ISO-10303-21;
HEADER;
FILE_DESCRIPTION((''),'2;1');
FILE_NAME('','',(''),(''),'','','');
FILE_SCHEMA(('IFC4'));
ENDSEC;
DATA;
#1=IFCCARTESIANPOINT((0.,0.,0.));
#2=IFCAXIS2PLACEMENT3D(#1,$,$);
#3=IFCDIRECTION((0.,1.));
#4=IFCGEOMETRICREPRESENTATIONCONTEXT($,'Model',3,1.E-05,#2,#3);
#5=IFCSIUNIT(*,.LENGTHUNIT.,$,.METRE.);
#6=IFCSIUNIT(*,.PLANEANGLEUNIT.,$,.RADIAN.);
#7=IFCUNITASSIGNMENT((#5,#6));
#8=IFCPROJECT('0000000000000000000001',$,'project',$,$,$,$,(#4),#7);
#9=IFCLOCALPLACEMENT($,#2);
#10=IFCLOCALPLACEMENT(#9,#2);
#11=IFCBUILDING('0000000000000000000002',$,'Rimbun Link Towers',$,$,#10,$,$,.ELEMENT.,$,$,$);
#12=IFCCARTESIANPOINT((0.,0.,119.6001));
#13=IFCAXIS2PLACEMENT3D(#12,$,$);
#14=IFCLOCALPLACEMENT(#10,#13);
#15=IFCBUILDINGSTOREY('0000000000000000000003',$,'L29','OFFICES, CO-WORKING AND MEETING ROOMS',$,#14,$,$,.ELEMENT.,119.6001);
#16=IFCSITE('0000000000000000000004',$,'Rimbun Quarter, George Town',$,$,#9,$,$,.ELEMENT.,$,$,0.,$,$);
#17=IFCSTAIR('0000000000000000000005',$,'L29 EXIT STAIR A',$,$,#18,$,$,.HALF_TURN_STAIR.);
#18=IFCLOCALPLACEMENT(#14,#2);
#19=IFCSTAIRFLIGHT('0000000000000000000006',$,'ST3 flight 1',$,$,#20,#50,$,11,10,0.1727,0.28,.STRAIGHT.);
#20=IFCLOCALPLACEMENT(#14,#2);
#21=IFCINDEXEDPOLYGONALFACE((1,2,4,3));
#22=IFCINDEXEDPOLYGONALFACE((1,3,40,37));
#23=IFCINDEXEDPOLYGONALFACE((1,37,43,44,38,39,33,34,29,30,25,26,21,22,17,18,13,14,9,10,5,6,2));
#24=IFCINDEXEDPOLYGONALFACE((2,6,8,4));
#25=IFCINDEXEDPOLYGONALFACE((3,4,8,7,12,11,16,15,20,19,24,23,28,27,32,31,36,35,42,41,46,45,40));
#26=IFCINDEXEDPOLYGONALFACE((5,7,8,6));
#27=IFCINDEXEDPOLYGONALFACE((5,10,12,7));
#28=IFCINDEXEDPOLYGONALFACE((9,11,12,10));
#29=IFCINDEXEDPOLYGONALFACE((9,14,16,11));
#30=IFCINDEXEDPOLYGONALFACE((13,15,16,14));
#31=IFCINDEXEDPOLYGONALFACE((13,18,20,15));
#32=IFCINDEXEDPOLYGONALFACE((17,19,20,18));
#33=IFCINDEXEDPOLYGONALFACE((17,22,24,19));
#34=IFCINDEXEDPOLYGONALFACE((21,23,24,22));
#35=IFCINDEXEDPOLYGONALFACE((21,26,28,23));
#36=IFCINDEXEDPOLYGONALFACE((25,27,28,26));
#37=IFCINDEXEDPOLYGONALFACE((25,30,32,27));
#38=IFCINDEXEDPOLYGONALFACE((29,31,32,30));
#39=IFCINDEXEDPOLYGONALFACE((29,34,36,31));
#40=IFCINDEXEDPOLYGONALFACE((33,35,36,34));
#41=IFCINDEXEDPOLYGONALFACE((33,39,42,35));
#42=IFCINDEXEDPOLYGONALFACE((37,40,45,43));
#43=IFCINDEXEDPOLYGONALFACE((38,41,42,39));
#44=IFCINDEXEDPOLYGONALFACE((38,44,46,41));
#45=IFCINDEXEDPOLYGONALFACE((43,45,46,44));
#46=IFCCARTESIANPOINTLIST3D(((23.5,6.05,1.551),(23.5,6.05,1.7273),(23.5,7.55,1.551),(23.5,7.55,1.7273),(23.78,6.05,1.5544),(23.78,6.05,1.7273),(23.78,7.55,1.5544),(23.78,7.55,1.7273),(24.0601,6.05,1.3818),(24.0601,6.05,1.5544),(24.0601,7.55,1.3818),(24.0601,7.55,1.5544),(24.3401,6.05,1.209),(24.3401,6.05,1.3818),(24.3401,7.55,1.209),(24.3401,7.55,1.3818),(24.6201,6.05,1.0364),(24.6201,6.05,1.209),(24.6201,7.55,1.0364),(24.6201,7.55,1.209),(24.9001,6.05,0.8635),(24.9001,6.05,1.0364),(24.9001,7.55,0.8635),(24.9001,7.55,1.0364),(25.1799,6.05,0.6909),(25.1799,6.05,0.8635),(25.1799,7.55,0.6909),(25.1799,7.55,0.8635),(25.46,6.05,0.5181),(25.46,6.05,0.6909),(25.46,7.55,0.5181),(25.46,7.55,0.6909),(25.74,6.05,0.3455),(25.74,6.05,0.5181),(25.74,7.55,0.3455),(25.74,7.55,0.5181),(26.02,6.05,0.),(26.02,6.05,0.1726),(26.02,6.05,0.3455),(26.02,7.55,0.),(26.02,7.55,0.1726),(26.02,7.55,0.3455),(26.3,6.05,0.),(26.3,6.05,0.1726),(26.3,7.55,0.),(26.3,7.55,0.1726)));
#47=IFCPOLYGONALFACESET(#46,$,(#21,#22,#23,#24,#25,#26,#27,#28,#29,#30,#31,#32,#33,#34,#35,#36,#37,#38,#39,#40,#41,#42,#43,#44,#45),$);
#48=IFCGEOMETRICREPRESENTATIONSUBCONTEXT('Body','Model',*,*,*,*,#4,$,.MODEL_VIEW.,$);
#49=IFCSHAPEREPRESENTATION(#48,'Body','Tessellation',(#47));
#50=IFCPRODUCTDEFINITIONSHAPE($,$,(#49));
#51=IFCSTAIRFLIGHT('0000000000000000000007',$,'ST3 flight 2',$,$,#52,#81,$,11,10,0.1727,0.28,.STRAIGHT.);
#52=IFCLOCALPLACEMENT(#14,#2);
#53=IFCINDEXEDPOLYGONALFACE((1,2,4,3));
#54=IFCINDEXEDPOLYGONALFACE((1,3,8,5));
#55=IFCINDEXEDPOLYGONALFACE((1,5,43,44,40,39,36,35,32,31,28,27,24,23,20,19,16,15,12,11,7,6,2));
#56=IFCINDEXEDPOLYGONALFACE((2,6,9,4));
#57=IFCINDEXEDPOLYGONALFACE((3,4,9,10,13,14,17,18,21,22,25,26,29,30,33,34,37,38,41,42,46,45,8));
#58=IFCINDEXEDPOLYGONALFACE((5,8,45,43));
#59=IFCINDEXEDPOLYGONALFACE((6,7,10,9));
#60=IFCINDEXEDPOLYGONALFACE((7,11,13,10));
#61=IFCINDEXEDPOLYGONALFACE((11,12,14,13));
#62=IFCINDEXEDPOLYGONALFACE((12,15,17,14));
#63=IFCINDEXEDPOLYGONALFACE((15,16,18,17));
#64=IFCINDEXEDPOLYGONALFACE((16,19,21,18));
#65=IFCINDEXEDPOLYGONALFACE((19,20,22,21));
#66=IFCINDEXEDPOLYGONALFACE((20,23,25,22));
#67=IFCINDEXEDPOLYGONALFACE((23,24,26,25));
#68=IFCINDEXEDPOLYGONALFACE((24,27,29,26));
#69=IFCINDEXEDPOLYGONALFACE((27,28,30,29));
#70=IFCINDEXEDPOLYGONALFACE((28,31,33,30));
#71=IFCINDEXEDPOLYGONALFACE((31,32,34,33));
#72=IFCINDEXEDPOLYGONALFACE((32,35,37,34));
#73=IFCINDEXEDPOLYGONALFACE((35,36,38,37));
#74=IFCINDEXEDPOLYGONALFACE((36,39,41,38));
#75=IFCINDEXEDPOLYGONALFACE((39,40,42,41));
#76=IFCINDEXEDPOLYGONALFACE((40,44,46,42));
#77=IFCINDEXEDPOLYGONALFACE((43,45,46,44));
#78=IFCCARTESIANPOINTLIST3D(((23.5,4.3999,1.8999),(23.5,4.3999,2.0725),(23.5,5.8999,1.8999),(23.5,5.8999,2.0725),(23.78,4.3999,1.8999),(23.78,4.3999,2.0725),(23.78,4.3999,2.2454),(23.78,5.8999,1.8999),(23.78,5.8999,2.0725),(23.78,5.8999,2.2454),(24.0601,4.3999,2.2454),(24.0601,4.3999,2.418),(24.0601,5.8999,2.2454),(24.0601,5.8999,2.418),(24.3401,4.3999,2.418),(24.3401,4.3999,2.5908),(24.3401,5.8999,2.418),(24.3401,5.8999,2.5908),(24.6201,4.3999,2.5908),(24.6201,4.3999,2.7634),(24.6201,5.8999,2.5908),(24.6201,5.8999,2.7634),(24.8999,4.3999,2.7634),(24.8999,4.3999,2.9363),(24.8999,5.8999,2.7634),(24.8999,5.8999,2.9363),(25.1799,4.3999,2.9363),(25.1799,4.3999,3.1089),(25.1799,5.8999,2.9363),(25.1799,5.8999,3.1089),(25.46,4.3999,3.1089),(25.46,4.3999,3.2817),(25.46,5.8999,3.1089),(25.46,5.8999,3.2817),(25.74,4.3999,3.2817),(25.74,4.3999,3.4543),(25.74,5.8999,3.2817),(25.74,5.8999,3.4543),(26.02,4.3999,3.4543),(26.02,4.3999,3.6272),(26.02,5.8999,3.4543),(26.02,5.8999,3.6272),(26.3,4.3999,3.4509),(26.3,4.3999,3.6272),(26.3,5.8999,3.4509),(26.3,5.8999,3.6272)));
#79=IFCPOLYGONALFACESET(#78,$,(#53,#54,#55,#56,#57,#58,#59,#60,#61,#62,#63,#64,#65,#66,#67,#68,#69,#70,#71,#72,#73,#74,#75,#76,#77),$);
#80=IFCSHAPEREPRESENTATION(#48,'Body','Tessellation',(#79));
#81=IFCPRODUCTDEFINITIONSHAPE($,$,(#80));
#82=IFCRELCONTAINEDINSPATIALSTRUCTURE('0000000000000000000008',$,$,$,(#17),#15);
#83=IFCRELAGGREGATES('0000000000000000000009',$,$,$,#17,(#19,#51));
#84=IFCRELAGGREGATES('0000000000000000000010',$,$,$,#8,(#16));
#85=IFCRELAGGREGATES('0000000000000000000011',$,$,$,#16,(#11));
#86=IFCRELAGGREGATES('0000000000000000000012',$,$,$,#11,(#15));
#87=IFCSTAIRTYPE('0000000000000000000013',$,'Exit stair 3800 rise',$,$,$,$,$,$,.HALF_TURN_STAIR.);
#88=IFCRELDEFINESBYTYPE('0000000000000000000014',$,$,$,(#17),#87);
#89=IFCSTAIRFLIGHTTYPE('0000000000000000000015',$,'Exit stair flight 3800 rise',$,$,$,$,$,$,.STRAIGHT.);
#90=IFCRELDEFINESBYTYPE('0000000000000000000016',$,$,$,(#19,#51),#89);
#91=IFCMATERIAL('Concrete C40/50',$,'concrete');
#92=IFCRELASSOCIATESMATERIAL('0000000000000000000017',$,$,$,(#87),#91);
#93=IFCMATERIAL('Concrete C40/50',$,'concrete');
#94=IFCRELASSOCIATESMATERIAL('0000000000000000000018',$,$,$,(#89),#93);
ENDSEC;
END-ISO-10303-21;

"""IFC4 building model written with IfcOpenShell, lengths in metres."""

from ifc_helpers import new_model, si_unit, direction, frame, origin, place, context, subcontext, project, spatial, polyline, outline, extrude, material, type_object, element, aggregate, save


model = new_model("IFC4")

# Units and contexts
model_context = context("Model", 3, precision=1e-05, world=origin(), true_north=direction((0.0, 1.0)))
body_context = subcontext(model_context, "Body", "Model", "MODEL_VIEW")
ifc_project = project(units=[si_unit("LENGTHUNIT", "METRE"), si_unit("PLANEANGLEUNIT", "RADIAN")], contexts=[model_context])

# Site, building, storey
site_placement = place(None, origin())
site = spatial("IfcSite", under=ifc_project, at=site_placement, Name="Rimbun Quarter, George Town", CompositionType="ELEMENT", RefElevation=0.0)
building_placement = place(site_placement, origin())
building = spatial("IfcBuilding", under=site, at=building_placement, Name="Rimbun Link Towers", CompositionType="ELEMENT")
storey_placement = place(building_placement, frame((0.0, 0.0, 119.6001)))
storey = spatial("IfcBuildingStorey", under=building, at=storey_placement, Name="L29", Description="OFFICES, CO-WORKING AND MEETING ROOMS", CompositionType="ELEMENT", Elevation=119.6001)

# Stair, stair flights
ifc_material_1 = material(Name="Concrete C40/50", Category="concrete")
stair_type = type_object("IfcStairType", Name="Exit stair 3800 rise", PredefinedType="HALF_TURN_STAIR", material=ifc_material_1)
stair_placement = place(storey_placement, origin())
stair = element("IfcStair", 1, at=stair_placement, inside=storey, type_object=stair_type, Name="L29 EXIT STAIR A", PredefinedType="HALF_TURN_STAIR")
ifc_material_2 = material(Name="Concrete C40/50", Category="concrete")
stair_flight_type = type_object("IfcStairFlightType", Name="Exit stair flight 3800 rise", PredefinedType="STRAIGHT", material=ifc_material_2)
stair_flight_1_placement = place(storey_placement, frame((26.3, 6.8, 0.0), z_axis=(0.0, 0.0, 1.0), x_axis=(-1.0, 0.0, 0.0)))
stair_flight_1 = element("IfcStairFlight", 2, at=stair_flight_1_placement, type_object=stair_flight_type, Name="ST3 flight 1", NumberOfRisers=11, NumberOfTreads=10, PredefinedType="STRAIGHT", RiserHeight=0.1727, TreadLength=0.28, context=body_context, shape_type="SweptSolid", body=[
    extrude(outline(polyline([(0.0, 0.0), (0.0, 0.1726), (0.28, 0.1726), (0.28, 0.3455), (0.5601, 0.3455), (0.5601, 0.5181), (0.8401, 0.5181), (0.8401, 0.6909), (1.1201, 0.6909), (1.1201, 0.8635), (1.3999, 0.8635), (1.3999, 1.0364), (1.6799, 1.0364), (1.6799, 1.209), (1.96, 1.209), (1.96, 1.3818), (2.24, 1.3818), (2.24, 1.5544), (2.52, 1.5544), (2.52, 1.7273), (2.8, 1.7273), (2.8, 1.8999), (2.8, 1.551), (0.28, 0.0), (0.0, 0.0)])), frame((0.0, 0.75, 0.0), z_axis=(0.0, -1.0, 0.0), x_axis=(1.0, 0.0, 0.0)), (0.0, 0.0, 1.0), 1.5),
])
stair_flight_2_placement = place(storey_placement, frame((23.5, 5.1499, 1.8999), z_axis=(0.0, 0.0, 1.0), x_axis=(1.0, 0.0, 0.0)))
stair_flight_2 = element("IfcStairFlight", 3, at=stair_flight_2_placement, type_object=stair_flight_type, Name="ST3 flight 2", NumberOfRisers=11, NumberOfTreads=10, PredefinedType="STRAIGHT", RiserHeight=0.1727, TreadLength=0.28, context=body_context, shape_type="SweptSolid", body=[
    extrude(outline(polyline([(0.0, 0.0), (0.0, 0.1726), (0.28, 0.1726), (0.28, 0.3455), (0.5601, 0.3455), (0.5601, 0.5181), (0.8401, 0.5181), (0.8401, 0.6909), (1.1201, 0.6909), (1.1201, 0.8635), (1.3999, 0.8635), (1.3999, 1.0364), (1.6799, 1.0364), (1.6799, 1.209), (1.96, 1.209), (1.96, 1.3818), (2.24, 1.3818), (2.24, 1.5544), (2.52, 1.5544), (2.52, 1.7273), (2.8, 1.7273), (2.8, 1.8999), (2.8, 1.551), (0.28, 0.0), (0.0, 0.0)])), frame((0.0, 0.75, 0.0), z_axis=(0.0, -1.0, 0.0), x_axis=(1.0, 0.0, 0.0)), (0.0, 0.0, 1.0), 1.5),
])
aggregate(stair, [stair_flight_1, stair_flight_2])

save(model, "model.ifc")
